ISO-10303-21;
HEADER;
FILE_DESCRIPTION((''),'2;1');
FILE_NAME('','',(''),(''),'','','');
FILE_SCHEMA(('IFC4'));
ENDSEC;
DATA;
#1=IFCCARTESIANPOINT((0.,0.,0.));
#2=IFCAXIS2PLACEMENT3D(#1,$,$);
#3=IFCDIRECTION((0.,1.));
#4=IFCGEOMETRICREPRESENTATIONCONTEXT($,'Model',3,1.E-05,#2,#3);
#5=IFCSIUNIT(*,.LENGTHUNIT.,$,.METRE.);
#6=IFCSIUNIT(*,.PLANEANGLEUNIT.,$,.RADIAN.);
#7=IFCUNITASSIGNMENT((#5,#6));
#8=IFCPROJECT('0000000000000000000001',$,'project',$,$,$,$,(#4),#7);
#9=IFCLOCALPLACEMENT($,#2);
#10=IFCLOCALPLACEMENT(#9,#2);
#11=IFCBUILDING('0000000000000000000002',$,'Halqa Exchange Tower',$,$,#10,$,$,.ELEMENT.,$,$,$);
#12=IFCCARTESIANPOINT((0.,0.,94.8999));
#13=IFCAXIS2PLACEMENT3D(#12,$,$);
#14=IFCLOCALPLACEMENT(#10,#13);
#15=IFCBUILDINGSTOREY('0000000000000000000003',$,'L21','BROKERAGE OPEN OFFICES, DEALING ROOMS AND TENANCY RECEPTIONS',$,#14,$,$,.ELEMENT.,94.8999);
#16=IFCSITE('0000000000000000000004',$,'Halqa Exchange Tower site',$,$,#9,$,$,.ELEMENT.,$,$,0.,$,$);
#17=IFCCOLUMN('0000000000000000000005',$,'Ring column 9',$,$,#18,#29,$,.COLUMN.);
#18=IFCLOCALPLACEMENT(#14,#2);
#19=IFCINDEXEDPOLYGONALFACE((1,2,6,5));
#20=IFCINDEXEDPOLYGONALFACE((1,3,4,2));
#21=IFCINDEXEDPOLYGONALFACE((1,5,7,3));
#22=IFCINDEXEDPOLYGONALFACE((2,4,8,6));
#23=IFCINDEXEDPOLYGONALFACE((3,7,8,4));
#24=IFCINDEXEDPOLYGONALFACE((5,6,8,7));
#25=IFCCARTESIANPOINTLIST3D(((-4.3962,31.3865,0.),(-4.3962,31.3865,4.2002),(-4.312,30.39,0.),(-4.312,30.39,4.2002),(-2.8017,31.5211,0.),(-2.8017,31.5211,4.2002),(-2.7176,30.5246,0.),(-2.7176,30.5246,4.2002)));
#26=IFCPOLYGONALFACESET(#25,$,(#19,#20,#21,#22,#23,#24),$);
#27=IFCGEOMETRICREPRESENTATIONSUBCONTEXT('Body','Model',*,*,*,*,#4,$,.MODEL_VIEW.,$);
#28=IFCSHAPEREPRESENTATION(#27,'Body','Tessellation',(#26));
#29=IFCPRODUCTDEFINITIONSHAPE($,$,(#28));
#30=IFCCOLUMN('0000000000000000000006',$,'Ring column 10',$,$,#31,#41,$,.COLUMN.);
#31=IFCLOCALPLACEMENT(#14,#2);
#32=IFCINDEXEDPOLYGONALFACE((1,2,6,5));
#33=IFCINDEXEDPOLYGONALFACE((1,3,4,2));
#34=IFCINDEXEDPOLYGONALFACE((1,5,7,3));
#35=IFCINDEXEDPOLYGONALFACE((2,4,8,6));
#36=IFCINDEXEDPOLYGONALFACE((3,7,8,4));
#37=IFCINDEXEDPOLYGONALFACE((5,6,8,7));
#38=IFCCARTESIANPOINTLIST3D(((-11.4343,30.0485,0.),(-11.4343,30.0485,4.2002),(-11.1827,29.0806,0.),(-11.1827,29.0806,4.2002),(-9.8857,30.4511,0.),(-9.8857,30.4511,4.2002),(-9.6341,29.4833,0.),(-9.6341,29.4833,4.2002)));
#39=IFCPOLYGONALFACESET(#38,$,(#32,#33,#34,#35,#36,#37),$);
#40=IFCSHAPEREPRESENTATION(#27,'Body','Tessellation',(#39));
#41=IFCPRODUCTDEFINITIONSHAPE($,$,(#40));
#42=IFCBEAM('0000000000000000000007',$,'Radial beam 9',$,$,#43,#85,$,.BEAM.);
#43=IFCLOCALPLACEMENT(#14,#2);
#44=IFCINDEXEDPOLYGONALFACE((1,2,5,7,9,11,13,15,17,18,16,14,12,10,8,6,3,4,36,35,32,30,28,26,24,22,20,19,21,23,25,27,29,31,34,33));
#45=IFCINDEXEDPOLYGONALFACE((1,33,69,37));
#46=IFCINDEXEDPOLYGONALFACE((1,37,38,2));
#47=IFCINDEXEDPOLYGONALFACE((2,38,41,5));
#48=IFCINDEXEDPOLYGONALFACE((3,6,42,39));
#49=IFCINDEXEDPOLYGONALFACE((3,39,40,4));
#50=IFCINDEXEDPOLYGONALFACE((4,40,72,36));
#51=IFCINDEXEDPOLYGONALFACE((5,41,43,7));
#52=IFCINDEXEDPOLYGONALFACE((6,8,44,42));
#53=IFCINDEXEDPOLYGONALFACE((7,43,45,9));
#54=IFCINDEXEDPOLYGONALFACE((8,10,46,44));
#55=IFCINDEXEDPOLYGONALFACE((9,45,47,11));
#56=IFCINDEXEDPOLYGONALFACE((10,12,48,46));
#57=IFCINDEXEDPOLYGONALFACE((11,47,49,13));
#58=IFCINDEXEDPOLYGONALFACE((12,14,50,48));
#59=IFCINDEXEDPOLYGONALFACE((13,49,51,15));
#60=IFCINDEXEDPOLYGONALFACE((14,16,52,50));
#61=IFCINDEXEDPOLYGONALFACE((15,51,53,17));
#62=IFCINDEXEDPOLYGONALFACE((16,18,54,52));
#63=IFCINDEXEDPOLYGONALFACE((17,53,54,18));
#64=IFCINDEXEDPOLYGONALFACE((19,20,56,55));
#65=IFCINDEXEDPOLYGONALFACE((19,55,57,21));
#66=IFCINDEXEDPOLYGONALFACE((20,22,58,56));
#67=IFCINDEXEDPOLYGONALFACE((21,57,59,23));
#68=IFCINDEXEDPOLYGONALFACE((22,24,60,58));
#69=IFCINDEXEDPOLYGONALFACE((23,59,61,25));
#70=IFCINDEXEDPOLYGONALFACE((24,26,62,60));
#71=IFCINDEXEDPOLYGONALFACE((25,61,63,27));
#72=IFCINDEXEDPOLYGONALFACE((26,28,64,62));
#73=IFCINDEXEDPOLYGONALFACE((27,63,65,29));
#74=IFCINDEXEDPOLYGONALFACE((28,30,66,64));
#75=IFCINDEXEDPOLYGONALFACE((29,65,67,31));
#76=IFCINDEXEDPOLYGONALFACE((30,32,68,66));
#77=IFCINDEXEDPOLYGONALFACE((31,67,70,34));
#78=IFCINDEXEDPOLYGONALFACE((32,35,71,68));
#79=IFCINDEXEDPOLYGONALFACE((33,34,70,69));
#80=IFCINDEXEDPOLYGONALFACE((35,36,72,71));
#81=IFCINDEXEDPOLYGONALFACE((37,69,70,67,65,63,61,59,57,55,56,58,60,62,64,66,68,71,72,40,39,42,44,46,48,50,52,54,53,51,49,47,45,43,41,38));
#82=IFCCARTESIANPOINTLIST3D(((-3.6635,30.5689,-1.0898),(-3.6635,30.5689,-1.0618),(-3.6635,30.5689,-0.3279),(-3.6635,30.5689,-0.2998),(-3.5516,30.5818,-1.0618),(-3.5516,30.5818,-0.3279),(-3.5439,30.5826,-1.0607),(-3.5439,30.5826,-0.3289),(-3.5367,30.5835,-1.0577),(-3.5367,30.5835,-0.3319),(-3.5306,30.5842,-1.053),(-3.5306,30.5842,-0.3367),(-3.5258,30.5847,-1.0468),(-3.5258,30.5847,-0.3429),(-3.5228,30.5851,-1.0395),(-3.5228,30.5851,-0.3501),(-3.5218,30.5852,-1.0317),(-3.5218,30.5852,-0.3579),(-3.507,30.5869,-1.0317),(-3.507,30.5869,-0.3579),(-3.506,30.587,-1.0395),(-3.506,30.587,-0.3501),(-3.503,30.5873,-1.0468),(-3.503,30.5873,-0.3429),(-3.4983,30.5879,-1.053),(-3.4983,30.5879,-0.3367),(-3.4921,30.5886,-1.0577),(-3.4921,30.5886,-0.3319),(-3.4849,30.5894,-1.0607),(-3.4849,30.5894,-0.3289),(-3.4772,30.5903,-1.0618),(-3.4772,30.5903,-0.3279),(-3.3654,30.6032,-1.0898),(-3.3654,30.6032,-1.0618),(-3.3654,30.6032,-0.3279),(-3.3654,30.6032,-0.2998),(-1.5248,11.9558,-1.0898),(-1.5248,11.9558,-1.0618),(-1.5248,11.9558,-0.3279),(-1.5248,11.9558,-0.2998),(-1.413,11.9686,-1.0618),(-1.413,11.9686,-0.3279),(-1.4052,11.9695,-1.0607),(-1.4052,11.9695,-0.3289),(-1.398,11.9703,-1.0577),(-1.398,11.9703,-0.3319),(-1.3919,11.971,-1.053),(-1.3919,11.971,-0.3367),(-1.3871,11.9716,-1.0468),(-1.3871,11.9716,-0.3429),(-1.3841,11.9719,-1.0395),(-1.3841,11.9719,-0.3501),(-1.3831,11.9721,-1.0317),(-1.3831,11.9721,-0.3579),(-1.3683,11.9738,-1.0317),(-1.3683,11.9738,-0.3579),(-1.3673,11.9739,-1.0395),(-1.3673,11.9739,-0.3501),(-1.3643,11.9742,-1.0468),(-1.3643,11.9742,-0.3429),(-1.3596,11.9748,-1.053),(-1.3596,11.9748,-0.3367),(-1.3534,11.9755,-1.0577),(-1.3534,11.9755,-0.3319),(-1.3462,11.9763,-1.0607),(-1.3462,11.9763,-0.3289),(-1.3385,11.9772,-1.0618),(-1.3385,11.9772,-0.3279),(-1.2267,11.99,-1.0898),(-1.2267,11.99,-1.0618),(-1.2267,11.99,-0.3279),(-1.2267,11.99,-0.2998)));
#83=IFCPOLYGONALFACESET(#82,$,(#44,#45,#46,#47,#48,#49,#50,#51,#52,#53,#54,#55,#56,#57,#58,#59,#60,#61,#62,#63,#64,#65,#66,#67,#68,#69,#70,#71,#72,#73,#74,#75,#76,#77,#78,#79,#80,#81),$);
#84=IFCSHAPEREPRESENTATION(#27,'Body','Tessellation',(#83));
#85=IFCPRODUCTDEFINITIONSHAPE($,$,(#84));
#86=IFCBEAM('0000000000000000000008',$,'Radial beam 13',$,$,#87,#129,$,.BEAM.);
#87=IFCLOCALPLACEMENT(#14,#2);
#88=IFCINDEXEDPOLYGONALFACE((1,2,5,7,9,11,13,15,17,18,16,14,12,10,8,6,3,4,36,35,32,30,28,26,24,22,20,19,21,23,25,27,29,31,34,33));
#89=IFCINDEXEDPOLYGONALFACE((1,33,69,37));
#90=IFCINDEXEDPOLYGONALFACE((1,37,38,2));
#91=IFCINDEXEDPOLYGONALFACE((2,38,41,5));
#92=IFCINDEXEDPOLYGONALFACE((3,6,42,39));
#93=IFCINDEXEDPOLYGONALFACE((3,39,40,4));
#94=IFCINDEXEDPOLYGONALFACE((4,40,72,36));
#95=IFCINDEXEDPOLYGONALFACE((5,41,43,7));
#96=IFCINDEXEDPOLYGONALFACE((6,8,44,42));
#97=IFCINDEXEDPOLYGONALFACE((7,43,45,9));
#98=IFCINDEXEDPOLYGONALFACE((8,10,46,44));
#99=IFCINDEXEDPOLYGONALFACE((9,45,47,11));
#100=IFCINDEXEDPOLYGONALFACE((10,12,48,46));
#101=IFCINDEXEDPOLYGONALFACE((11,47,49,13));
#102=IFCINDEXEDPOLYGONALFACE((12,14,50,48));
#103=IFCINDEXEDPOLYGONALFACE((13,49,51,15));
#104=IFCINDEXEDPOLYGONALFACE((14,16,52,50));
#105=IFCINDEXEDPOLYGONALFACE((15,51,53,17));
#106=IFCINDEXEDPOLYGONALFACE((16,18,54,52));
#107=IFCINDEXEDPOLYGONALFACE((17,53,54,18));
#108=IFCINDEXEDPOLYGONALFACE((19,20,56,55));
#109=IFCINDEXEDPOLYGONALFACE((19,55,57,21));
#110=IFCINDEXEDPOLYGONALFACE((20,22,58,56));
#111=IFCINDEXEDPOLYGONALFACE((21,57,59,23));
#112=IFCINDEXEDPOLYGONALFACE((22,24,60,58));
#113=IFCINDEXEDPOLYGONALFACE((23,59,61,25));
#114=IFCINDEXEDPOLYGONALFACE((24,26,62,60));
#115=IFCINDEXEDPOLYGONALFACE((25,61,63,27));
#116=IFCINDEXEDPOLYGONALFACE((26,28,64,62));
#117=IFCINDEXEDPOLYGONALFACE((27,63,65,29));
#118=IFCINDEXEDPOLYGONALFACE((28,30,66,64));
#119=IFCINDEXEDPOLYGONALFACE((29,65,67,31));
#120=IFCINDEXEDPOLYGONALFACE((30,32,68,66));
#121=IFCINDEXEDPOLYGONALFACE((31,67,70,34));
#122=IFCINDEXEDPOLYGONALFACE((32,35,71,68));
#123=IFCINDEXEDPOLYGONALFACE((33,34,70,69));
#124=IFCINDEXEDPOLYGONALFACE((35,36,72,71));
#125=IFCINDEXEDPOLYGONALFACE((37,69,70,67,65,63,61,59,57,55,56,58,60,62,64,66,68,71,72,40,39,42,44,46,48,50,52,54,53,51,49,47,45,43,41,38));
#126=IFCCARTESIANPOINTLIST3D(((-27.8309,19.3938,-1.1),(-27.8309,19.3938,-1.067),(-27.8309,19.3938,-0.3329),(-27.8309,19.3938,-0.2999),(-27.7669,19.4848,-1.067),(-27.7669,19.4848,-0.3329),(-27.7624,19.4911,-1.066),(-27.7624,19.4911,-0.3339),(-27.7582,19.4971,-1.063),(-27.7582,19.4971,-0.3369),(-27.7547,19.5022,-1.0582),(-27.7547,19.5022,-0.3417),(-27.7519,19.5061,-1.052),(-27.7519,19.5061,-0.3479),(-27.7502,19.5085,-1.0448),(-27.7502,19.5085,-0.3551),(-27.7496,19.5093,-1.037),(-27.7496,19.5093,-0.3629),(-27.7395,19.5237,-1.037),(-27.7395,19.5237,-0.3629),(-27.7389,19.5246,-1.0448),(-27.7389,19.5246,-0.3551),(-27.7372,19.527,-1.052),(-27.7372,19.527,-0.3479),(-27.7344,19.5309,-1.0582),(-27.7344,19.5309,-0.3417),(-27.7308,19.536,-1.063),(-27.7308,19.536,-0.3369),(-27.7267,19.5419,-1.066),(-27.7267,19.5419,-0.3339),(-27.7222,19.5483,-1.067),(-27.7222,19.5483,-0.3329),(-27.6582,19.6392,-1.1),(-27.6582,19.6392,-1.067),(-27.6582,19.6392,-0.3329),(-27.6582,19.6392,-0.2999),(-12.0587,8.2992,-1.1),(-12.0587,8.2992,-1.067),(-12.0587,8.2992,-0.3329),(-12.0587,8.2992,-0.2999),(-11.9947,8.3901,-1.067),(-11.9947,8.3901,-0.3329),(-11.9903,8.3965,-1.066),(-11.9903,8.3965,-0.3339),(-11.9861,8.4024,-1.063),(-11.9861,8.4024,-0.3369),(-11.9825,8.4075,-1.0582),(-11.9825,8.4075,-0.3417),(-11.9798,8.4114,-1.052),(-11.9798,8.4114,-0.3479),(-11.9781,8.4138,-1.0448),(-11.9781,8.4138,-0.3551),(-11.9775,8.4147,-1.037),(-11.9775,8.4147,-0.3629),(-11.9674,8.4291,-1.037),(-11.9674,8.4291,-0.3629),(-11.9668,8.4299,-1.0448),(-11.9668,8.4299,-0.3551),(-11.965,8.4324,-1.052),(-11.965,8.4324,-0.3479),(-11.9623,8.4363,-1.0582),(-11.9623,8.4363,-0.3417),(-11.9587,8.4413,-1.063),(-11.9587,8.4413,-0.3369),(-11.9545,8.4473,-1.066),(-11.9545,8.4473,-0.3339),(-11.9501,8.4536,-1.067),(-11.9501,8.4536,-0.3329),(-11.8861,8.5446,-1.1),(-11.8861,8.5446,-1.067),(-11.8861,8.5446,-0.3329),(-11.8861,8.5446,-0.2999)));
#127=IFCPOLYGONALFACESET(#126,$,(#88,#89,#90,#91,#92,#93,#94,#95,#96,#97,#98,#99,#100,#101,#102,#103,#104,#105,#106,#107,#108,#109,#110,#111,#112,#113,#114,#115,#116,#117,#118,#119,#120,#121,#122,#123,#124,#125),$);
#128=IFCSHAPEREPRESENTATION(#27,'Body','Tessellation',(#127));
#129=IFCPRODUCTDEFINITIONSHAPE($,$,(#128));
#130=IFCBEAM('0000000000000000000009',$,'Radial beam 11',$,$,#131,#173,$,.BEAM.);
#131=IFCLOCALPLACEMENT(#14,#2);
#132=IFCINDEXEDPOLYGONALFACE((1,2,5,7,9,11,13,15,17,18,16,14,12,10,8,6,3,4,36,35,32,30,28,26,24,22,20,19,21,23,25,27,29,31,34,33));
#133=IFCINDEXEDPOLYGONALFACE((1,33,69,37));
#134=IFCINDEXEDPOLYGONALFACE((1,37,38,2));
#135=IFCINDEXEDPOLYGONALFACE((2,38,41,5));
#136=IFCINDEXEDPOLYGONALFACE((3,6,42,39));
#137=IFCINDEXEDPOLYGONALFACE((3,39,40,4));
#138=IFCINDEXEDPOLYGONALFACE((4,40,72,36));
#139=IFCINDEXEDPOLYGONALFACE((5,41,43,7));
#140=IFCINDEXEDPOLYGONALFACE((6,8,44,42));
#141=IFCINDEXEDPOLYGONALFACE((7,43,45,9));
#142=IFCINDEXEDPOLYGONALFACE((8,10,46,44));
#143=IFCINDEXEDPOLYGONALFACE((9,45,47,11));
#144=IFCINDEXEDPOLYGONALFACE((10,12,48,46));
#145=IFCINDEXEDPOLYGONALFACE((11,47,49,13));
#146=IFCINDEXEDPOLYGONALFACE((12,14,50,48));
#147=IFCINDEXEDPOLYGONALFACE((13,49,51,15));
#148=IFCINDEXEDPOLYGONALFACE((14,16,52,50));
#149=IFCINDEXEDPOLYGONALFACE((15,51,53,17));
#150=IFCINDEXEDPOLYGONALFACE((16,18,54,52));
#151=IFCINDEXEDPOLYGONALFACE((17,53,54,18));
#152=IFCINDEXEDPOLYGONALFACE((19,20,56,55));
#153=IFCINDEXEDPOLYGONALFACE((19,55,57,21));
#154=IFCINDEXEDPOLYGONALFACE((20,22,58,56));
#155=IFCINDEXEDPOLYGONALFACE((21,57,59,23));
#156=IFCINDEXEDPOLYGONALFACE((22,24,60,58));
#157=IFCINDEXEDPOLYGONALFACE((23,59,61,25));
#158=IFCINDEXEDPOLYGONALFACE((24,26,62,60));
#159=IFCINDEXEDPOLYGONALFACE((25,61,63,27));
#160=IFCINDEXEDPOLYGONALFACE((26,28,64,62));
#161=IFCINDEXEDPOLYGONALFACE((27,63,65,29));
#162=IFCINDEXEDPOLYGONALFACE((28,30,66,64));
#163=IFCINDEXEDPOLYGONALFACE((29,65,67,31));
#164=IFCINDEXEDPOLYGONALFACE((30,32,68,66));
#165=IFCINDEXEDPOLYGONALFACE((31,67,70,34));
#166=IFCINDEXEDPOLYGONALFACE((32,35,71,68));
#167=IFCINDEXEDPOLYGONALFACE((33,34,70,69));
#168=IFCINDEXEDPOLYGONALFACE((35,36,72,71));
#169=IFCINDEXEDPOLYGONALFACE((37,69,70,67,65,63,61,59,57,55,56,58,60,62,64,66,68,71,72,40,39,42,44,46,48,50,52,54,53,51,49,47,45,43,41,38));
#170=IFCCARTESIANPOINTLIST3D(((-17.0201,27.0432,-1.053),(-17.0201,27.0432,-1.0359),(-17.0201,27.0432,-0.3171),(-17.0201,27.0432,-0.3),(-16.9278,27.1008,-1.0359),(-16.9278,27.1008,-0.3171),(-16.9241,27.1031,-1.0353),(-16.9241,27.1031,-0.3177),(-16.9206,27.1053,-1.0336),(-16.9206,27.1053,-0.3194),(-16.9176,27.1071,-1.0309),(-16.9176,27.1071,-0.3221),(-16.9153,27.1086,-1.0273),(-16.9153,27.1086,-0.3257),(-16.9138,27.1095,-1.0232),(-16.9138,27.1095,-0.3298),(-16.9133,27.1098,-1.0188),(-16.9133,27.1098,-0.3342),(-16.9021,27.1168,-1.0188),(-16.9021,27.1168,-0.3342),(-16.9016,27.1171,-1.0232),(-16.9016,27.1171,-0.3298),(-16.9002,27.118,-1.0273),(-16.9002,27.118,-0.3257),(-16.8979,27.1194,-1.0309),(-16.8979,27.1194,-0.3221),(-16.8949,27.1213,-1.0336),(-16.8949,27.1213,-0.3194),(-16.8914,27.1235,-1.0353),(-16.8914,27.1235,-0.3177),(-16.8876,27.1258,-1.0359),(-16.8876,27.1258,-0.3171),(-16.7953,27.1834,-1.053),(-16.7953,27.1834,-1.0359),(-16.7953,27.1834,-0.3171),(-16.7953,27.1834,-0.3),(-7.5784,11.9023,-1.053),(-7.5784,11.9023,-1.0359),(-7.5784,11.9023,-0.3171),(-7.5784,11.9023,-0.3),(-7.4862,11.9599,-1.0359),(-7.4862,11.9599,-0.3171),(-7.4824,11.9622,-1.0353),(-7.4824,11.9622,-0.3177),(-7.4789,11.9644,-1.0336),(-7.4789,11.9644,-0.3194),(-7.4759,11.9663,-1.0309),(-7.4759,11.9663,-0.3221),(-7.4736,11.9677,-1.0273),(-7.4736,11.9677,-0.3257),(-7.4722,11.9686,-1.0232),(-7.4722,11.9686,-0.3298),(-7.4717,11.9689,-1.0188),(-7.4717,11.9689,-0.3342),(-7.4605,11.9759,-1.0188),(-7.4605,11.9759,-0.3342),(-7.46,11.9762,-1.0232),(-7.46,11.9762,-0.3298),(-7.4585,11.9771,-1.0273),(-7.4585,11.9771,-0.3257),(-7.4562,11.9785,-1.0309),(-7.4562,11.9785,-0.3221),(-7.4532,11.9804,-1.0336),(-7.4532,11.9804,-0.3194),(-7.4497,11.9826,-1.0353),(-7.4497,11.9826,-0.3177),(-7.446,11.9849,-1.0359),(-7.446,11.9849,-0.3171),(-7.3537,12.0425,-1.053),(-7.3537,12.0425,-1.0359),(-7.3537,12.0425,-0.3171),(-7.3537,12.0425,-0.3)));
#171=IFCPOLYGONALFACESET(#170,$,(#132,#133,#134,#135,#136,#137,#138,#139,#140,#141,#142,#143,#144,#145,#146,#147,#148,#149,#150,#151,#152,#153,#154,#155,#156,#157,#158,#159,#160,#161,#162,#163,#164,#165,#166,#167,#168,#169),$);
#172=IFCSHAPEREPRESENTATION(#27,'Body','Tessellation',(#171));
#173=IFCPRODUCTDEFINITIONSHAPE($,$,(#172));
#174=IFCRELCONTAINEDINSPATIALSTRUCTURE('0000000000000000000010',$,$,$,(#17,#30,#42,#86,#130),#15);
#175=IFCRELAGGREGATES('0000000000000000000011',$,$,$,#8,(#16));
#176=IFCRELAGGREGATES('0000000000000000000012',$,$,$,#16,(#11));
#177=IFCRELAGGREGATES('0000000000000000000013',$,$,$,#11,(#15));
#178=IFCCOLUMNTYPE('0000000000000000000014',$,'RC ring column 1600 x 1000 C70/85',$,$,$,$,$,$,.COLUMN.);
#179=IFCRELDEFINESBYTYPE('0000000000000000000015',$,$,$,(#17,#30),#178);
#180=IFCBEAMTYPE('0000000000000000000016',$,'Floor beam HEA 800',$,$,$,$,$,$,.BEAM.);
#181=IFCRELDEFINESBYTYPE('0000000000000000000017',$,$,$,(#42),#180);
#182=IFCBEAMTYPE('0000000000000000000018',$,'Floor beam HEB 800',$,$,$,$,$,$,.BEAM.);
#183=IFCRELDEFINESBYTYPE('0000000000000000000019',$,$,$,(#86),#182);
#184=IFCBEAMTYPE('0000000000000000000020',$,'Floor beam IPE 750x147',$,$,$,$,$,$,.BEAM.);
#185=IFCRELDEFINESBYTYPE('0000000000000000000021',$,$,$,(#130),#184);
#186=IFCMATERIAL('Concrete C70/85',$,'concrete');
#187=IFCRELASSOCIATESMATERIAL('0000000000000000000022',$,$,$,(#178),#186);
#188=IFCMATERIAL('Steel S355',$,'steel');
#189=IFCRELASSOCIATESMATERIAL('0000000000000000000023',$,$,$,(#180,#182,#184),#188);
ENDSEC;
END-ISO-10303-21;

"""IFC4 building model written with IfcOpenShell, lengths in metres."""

from ifc_helpers import new_model, si_unit, direction, frame, origin, origin_2d, place, context, subcontext, project, spatial, rectangle, i_section, extrude, material, material_profile, profile_set, type_object, element, save


model = new_model("IFC4")

# Units and contexts
model_context = context("Model", 3, precision=1e-05, world=origin(), true_north=direction((0.0, 1.0)))
body_context = subcontext(model_context, "Body", "Model", "MODEL_VIEW")
ifc_project = project(units=[si_unit("LENGTHUNIT", "METRE"), si_unit("PLANEANGLEUNIT", "RADIAN")], contexts=[model_context])

# Site, building, storey
site_placement = place(None, origin())
site = spatial("IfcSite", under=ifc_project, at=site_placement, Name="Halqa Exchange Tower site", CompositionType="ELEMENT", RefElevation=0.0)
building_placement = place(site_placement, origin())
building = spatial("IfcBuilding", under=site, at=building_placement, Name="Halqa Exchange Tower", CompositionType="ELEMENT")
storey_placement = place(building_placement, frame((0.0, 0.0, 94.8999)))
storey = spatial("IfcBuildingStorey", under=building, at=storey_placement, Name="L21", Description="BROKERAGE OPEN OFFICES, DEALING ROOMS AND TENANCY RECEPTIONS", CompositionType="ELEMENT", Elevation=94.8999)

# Columns
ifc_material_1 = material(Name="Concrete C70/85", Category="concrete")
ifc_material_profile_1 = material_profile(ifc_material_1, rectangle(XDim=1.6001, YDim=1.0, at=origin_2d()), Name="1600 x 1000")
ifc_profile_set_1 = profile_set([ifc_material_profile_1], Name="Concrete C70/85")
column_type = type_object("IfcColumnType", Name="RC ring column 1600 x 1000 C70/85", PredefinedType="COLUMN", material=ifc_profile_set_1)
for number, where, z_axis, x_axis, name in (
    (1, (-3.5569, 30.9556, 0.0), (0.0, 0.0, 1.0), (-0.996456, -0.084121, 0.0), "Ring column 9"),
    (2, (-10.5342, 29.7659, 0.0), (0.0, 0.0, 1.0), (-0.96782, -0.251644, 0.0), "Ring column 10"),
):
    element("IfcColumn", number, at=place(storey_placement, frame(where, z_axis=z_axis, x_axis=x_axis)), inside=storey, type_object=column_type, Name=name, PredefinedType="COLUMN", context=body_context, shape_type="SweptSolid", body=[
        extrude(rectangle(XDim=1.6001, YDim=1.0, at=origin_2d()), origin(), (0.0, 0.0, 1.0), 4.2002),
    ])

# Beams
ifc_material_2 = material(Name="Steel S355", Category="steel")
ifc_material_profile_2 = material_profile(ifc_material_2, i_section(OverallWidth=0.3, OverallDepth=0.79, WebThickness=0.0149, FlangeThickness=0.0281, FilletRadius=0.03, at=origin_2d()), Name="HEA 800")
ifc_profile_set_2 = profile_set([ifc_material_profile_2], Name="Steel S355")
beam_type_1 = type_object("IfcBeamType", Name="Floor beam HEA 800", PredefinedType="BEAM", material=ifc_profile_set_2)
beam_1_placement = place(storey_placement, frame((-1.3757, 11.9729, -0.6948), z_axis=(-0.114151, 0.993463, 0.0), x_axis=(-0.993463, -0.114151, 0.0)))
element("IfcBeam", 3, at=beam_1_placement, inside=storey, type_object=beam_type_1, Name="Radial beam 9", PredefinedType="BEAM", context=body_context, shape_type="SweptSolid", body=[
    extrude(i_section(OverallWidth=0.3, OverallDepth=0.79, WebThickness=0.0149, FlangeThickness=0.0281, FilletRadius=0.03, at=origin_2d()), origin(), (0.0, 0.0, 1.0), 18.7356),
])
ifc_material_profile_3 = material_profile(ifc_material_2, i_section(OverallWidth=0.3, OverallDepth=0.8, WebThickness=0.0176, FlangeThickness=0.033, FilletRadius=0.03, at=origin_2d()), Name="HEB 800")
ifc_profile_set_3 = profile_set([ifc_material_profile_3], Name="Steel S355")
beam_type_2 = type_object("IfcBeamType", Name="Floor beam HEB 800", PredefinedType="BEAM", material=ifc_profile_set_3)
beam_2_placement = place(storey_placement, frame((-11.9724, 8.4219, -0.7), z_axis=(-0.81791, 0.575346, 0.0), x_axis=(-0.575346, -0.81791, 0.0)))
element("IfcBeam", 4, at=beam_2_placement, inside=storey, type_object=beam_type_2, Name="Radial beam 13", PredefinedType="BEAM", context=body_context, shape_type="SweptSolid", body=[
    extrude(i_section(OverallWidth=0.3, OverallDepth=0.8, WebThickness=0.0176, FlangeThickness=0.033, FilletRadius=0.03, at=origin_2d()), origin(), (0.0, 0.0, 1.0), 19.2834),
])
ifc_material_profile_4 = material_profile(ifc_material_2, i_section(OverallWidth=0.2649, OverallDepth=0.7529, WebThickness=0.0132, FlangeThickness=0.0171, FilletRadius=0.0171, at=origin_2d()), Name="IPE 750x147")
ifc_profile_set_4 = profile_set([ifc_material_profile_4], Name="Steel S355")
beam_type_3 = type_object("IfcBeamType", Name="Floor beam IPE 750x147", PredefinedType="BEAM", material=ifc_profile_set_4)
beam_3_placement = place(storey_placement, frame((-7.4661, 11.9724, -0.6765), z_axis=(-0.529137, 0.848537, 0.0), x_axis=(-0.848537, -0.529137, 0.0)))
element("IfcBeam", 5, at=beam_3_placement, inside=storey, type_object=beam_type_3, Name="Radial beam 11", PredefinedType="BEAM", context=body_context, shape_type="SweptSolid", body=[
    extrude(i_section(OverallWidth=0.2649, OverallDepth=0.7529, WebThickness=0.0132, FlangeThickness=0.0171, FilletRadius=0.0171, at=origin_2d()), origin(), (0.0, 0.0, 1.0), 17.8435),
])

save(model, "model.ifc")
